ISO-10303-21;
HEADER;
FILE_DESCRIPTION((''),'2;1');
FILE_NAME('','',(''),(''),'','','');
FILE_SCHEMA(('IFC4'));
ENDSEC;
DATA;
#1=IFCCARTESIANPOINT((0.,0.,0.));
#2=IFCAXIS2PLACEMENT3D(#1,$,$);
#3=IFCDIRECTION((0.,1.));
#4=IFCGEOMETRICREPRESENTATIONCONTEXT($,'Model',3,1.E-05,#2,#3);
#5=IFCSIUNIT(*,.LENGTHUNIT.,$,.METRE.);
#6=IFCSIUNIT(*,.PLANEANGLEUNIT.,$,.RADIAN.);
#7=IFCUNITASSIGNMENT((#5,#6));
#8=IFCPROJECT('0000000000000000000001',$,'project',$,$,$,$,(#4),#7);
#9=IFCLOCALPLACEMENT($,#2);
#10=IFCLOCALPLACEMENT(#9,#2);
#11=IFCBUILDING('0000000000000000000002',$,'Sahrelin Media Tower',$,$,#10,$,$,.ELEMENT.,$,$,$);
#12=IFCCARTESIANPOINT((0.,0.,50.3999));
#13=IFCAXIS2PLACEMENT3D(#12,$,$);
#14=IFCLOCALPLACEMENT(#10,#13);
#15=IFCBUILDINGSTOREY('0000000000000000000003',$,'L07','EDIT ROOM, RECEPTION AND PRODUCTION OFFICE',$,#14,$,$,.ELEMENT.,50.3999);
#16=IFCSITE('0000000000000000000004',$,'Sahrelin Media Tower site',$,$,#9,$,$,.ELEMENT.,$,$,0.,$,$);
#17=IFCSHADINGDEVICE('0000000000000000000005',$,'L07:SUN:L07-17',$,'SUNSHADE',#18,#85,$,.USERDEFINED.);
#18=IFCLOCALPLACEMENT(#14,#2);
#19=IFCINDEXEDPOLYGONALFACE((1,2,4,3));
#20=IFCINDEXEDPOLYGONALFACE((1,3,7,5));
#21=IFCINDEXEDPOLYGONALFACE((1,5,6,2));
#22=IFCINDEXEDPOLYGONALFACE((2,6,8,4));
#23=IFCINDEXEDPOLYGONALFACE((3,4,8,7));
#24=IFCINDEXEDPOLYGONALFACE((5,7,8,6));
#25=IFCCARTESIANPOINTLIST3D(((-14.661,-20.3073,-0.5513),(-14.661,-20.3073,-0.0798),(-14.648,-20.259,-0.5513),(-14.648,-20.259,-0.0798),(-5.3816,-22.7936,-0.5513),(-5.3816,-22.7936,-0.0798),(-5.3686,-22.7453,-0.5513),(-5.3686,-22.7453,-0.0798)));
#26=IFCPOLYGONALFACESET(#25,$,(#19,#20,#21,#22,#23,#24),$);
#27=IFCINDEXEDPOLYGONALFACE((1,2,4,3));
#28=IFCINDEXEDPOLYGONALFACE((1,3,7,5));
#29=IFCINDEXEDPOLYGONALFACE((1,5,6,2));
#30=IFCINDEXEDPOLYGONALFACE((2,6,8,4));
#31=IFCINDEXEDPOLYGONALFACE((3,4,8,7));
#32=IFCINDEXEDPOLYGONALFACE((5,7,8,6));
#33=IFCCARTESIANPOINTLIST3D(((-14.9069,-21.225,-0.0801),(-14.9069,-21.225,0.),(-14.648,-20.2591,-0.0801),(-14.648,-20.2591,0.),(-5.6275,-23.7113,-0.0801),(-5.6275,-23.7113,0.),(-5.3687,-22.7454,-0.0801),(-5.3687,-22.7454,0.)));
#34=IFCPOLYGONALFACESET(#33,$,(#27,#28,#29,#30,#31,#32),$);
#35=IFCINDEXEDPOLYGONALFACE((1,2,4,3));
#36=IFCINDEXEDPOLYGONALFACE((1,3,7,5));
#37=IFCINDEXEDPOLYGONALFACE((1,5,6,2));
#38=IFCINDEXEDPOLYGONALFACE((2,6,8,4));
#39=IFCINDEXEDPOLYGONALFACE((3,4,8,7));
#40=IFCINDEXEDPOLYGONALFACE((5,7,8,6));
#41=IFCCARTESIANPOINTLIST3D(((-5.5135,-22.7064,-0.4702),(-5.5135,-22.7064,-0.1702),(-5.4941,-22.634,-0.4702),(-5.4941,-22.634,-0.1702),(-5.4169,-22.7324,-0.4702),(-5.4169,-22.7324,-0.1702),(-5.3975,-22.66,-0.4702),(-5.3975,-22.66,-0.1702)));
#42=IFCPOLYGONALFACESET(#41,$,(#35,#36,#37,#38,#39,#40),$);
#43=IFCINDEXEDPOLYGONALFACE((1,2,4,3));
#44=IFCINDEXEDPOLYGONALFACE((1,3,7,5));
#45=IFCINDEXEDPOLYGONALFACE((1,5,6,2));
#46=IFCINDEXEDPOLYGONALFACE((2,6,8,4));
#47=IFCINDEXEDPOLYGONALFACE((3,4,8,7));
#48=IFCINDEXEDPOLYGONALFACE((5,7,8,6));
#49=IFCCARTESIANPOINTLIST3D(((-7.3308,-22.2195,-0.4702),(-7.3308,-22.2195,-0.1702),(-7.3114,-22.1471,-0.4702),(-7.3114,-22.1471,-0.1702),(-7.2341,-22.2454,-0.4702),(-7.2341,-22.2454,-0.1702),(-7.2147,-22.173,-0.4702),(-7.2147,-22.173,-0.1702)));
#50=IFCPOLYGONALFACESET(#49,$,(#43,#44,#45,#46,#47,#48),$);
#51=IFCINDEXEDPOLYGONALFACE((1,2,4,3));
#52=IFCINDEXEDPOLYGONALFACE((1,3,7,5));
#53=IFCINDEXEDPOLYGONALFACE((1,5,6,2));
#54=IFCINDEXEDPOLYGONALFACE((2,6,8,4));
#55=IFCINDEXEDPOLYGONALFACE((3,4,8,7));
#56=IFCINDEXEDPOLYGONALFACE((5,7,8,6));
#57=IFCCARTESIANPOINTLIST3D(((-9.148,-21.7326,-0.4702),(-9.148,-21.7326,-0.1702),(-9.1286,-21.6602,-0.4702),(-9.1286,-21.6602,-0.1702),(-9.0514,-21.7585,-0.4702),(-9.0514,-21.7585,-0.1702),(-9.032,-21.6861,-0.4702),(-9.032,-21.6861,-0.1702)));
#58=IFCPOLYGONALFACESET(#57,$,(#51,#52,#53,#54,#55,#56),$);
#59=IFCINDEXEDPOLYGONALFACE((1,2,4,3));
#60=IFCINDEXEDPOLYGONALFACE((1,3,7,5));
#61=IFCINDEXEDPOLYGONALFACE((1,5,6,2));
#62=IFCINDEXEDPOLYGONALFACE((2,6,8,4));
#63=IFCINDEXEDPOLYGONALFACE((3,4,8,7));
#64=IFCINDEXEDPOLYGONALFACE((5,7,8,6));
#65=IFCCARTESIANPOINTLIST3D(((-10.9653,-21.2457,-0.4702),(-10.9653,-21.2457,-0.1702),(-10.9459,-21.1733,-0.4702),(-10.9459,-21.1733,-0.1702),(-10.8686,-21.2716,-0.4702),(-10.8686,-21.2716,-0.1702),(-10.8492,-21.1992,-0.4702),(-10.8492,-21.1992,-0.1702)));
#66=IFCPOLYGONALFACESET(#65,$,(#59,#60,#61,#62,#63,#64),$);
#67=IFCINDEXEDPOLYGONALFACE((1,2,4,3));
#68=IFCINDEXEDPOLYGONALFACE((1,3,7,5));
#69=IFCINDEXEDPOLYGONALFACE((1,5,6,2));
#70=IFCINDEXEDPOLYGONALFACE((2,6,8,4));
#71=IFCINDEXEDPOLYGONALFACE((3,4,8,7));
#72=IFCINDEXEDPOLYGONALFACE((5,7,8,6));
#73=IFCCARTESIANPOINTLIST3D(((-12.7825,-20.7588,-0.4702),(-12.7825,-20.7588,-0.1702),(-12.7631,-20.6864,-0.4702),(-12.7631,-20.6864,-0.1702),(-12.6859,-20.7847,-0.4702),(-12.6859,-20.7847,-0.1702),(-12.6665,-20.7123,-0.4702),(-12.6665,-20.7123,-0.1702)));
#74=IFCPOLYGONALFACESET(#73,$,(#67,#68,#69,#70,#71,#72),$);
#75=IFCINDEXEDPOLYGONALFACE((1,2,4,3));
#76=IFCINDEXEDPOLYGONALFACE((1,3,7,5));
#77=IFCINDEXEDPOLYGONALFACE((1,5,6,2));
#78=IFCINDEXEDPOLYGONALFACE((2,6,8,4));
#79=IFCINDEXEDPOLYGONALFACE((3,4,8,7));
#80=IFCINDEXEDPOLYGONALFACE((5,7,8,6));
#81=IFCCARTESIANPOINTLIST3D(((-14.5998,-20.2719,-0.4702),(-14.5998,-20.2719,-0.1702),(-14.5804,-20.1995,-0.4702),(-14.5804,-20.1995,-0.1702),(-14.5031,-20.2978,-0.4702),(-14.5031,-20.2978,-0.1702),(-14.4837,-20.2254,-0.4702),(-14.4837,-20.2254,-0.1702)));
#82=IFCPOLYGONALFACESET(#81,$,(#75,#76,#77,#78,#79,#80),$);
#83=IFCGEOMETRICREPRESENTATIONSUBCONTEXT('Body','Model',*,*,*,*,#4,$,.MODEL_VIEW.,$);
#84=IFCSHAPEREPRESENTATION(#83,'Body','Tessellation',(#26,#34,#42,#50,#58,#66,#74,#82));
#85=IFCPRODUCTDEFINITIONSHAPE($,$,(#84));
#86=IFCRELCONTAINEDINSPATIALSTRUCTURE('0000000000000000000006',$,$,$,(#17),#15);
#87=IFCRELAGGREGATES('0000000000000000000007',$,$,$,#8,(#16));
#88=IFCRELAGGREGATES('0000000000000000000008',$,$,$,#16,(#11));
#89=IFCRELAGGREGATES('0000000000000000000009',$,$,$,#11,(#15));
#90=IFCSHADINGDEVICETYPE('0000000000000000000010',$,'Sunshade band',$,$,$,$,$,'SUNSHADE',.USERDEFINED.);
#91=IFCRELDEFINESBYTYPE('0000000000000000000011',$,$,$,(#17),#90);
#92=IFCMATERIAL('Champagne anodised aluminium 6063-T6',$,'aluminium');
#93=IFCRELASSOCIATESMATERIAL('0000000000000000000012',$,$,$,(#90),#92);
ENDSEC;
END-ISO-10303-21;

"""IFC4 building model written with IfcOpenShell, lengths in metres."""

from ifc_helpers import new_model, si_unit, direction, frame, origin, origin_2d, place, context, subcontext, project, spatial, rectangle, extrude, material, type_object, element, save


model = new_model("IFC4")

# Units and contexts
model_context = context("Model", 3, precision=1e-05, world=origin(), true_north=direction((0.0, 1.0)))
body_context = subcontext(model_context, "Body", "Model", "MODEL_VIEW")
ifc_project = project(units=[si_unit("LENGTHUNIT", "METRE"), si_unit("PLANEANGLEUNIT", "RADIAN")], contexts=[model_context])

# Site, building, storey
site_placement = place(None, origin())
site = spatial("IfcSite", under=ifc_project, at=site_placement, Name="Sahrelin Media Tower site", CompositionType="ELEMENT", RefElevation=0.0)
building_placement = place(site_placement, origin())
building = spatial("IfcBuilding", under=site, at=building_placement, Name="Sahrelin Media Tower", CompositionType="ELEMENT")
storey_placement = place(building_placement, frame((0.0, 0.0, 50.3999)))
storey = spatial("IfcBuildingStorey", under=building, at=storey_placement, Name="L07", Description="EDIT ROOM, RECEPTION AND PRODUCTION OFFICE", CompositionType="ELEMENT", Elevation=50.3999)

# Shared definitions
ifc_material_1 = material(Name="Champagne anodised aluminium 6063-T6", Category="aluminium")

# Shading device
placement = place(storey_placement, frame((-10.0032, -21.4829, 0.0), z_axis=(0.0, 0.0, 1.0), x_axis=(-0.965929, 0.258808, 0.0)))
shading_device_type_1 = type_object("IfcShadingDeviceType", Name="Sunshade band", ElementType="SUNSHADE", PredefinedType="USERDEFINED", material=ifc_material_1)
element("IfcShadingDevice", 1, at=placement, inside=storey, type_object=shading_device_type_1, Name="L07:SUN:L07-17", ObjectType="SUNSHADE", PredefinedType="USERDEFINED", context=body_context, shape_type="SweptSolid", body=[
    extrude(rectangle(XDim=9.6067, YDim=0.05, at=origin_2d()), frame((0.0, 0.0449, -0.5513)), (0.0, 0.0, 1.0), 0.4714),
    extrude(rectangle(XDim=9.6067, YDim=1.0, at=origin_2d()), frame((0.0, 0.52, -0.0801)), (0.0, 0.0, 1.0), 0.0801),
    extrude(rectangle(XDim=0.1001, YDim=0.075, at=origin_2d()), frame((-4.7034, -0.0176, -0.4702)), (0.0, 0.0, 1.0), 0.3),
    extrude(rectangle(XDim=0.1001, YDim=0.075, at=origin_2d()), frame((-2.822, -0.0176, -0.4702)), (0.0, 0.0, 1.0), 0.3),
    extrude(rectangle(XDim=0.1001, YDim=0.075, at=origin_2d()), frame((-0.9407, -0.0176, -0.4702)), (0.0, 0.0, 1.0), 0.3),
    extrude(rectangle(XDim=0.1001, YDim=0.075, at=origin_2d()), frame((0.9407, -0.0176, -0.4702)), (0.0, 0.0, 1.0), 0.3),
    extrude(rectangle(XDim=0.1001, YDim=0.075, at=origin_2d()), frame((2.822, -0.0176, -0.4702)), (0.0, 0.0, 1.0), 0.3),
    extrude(rectangle(XDim=0.1001, YDim=0.075, at=origin_2d()), frame((4.7034, -0.0176, -0.4702)), (0.0, 0.0, 1.0), 0.3),
])

save(model, "model.ifc")
